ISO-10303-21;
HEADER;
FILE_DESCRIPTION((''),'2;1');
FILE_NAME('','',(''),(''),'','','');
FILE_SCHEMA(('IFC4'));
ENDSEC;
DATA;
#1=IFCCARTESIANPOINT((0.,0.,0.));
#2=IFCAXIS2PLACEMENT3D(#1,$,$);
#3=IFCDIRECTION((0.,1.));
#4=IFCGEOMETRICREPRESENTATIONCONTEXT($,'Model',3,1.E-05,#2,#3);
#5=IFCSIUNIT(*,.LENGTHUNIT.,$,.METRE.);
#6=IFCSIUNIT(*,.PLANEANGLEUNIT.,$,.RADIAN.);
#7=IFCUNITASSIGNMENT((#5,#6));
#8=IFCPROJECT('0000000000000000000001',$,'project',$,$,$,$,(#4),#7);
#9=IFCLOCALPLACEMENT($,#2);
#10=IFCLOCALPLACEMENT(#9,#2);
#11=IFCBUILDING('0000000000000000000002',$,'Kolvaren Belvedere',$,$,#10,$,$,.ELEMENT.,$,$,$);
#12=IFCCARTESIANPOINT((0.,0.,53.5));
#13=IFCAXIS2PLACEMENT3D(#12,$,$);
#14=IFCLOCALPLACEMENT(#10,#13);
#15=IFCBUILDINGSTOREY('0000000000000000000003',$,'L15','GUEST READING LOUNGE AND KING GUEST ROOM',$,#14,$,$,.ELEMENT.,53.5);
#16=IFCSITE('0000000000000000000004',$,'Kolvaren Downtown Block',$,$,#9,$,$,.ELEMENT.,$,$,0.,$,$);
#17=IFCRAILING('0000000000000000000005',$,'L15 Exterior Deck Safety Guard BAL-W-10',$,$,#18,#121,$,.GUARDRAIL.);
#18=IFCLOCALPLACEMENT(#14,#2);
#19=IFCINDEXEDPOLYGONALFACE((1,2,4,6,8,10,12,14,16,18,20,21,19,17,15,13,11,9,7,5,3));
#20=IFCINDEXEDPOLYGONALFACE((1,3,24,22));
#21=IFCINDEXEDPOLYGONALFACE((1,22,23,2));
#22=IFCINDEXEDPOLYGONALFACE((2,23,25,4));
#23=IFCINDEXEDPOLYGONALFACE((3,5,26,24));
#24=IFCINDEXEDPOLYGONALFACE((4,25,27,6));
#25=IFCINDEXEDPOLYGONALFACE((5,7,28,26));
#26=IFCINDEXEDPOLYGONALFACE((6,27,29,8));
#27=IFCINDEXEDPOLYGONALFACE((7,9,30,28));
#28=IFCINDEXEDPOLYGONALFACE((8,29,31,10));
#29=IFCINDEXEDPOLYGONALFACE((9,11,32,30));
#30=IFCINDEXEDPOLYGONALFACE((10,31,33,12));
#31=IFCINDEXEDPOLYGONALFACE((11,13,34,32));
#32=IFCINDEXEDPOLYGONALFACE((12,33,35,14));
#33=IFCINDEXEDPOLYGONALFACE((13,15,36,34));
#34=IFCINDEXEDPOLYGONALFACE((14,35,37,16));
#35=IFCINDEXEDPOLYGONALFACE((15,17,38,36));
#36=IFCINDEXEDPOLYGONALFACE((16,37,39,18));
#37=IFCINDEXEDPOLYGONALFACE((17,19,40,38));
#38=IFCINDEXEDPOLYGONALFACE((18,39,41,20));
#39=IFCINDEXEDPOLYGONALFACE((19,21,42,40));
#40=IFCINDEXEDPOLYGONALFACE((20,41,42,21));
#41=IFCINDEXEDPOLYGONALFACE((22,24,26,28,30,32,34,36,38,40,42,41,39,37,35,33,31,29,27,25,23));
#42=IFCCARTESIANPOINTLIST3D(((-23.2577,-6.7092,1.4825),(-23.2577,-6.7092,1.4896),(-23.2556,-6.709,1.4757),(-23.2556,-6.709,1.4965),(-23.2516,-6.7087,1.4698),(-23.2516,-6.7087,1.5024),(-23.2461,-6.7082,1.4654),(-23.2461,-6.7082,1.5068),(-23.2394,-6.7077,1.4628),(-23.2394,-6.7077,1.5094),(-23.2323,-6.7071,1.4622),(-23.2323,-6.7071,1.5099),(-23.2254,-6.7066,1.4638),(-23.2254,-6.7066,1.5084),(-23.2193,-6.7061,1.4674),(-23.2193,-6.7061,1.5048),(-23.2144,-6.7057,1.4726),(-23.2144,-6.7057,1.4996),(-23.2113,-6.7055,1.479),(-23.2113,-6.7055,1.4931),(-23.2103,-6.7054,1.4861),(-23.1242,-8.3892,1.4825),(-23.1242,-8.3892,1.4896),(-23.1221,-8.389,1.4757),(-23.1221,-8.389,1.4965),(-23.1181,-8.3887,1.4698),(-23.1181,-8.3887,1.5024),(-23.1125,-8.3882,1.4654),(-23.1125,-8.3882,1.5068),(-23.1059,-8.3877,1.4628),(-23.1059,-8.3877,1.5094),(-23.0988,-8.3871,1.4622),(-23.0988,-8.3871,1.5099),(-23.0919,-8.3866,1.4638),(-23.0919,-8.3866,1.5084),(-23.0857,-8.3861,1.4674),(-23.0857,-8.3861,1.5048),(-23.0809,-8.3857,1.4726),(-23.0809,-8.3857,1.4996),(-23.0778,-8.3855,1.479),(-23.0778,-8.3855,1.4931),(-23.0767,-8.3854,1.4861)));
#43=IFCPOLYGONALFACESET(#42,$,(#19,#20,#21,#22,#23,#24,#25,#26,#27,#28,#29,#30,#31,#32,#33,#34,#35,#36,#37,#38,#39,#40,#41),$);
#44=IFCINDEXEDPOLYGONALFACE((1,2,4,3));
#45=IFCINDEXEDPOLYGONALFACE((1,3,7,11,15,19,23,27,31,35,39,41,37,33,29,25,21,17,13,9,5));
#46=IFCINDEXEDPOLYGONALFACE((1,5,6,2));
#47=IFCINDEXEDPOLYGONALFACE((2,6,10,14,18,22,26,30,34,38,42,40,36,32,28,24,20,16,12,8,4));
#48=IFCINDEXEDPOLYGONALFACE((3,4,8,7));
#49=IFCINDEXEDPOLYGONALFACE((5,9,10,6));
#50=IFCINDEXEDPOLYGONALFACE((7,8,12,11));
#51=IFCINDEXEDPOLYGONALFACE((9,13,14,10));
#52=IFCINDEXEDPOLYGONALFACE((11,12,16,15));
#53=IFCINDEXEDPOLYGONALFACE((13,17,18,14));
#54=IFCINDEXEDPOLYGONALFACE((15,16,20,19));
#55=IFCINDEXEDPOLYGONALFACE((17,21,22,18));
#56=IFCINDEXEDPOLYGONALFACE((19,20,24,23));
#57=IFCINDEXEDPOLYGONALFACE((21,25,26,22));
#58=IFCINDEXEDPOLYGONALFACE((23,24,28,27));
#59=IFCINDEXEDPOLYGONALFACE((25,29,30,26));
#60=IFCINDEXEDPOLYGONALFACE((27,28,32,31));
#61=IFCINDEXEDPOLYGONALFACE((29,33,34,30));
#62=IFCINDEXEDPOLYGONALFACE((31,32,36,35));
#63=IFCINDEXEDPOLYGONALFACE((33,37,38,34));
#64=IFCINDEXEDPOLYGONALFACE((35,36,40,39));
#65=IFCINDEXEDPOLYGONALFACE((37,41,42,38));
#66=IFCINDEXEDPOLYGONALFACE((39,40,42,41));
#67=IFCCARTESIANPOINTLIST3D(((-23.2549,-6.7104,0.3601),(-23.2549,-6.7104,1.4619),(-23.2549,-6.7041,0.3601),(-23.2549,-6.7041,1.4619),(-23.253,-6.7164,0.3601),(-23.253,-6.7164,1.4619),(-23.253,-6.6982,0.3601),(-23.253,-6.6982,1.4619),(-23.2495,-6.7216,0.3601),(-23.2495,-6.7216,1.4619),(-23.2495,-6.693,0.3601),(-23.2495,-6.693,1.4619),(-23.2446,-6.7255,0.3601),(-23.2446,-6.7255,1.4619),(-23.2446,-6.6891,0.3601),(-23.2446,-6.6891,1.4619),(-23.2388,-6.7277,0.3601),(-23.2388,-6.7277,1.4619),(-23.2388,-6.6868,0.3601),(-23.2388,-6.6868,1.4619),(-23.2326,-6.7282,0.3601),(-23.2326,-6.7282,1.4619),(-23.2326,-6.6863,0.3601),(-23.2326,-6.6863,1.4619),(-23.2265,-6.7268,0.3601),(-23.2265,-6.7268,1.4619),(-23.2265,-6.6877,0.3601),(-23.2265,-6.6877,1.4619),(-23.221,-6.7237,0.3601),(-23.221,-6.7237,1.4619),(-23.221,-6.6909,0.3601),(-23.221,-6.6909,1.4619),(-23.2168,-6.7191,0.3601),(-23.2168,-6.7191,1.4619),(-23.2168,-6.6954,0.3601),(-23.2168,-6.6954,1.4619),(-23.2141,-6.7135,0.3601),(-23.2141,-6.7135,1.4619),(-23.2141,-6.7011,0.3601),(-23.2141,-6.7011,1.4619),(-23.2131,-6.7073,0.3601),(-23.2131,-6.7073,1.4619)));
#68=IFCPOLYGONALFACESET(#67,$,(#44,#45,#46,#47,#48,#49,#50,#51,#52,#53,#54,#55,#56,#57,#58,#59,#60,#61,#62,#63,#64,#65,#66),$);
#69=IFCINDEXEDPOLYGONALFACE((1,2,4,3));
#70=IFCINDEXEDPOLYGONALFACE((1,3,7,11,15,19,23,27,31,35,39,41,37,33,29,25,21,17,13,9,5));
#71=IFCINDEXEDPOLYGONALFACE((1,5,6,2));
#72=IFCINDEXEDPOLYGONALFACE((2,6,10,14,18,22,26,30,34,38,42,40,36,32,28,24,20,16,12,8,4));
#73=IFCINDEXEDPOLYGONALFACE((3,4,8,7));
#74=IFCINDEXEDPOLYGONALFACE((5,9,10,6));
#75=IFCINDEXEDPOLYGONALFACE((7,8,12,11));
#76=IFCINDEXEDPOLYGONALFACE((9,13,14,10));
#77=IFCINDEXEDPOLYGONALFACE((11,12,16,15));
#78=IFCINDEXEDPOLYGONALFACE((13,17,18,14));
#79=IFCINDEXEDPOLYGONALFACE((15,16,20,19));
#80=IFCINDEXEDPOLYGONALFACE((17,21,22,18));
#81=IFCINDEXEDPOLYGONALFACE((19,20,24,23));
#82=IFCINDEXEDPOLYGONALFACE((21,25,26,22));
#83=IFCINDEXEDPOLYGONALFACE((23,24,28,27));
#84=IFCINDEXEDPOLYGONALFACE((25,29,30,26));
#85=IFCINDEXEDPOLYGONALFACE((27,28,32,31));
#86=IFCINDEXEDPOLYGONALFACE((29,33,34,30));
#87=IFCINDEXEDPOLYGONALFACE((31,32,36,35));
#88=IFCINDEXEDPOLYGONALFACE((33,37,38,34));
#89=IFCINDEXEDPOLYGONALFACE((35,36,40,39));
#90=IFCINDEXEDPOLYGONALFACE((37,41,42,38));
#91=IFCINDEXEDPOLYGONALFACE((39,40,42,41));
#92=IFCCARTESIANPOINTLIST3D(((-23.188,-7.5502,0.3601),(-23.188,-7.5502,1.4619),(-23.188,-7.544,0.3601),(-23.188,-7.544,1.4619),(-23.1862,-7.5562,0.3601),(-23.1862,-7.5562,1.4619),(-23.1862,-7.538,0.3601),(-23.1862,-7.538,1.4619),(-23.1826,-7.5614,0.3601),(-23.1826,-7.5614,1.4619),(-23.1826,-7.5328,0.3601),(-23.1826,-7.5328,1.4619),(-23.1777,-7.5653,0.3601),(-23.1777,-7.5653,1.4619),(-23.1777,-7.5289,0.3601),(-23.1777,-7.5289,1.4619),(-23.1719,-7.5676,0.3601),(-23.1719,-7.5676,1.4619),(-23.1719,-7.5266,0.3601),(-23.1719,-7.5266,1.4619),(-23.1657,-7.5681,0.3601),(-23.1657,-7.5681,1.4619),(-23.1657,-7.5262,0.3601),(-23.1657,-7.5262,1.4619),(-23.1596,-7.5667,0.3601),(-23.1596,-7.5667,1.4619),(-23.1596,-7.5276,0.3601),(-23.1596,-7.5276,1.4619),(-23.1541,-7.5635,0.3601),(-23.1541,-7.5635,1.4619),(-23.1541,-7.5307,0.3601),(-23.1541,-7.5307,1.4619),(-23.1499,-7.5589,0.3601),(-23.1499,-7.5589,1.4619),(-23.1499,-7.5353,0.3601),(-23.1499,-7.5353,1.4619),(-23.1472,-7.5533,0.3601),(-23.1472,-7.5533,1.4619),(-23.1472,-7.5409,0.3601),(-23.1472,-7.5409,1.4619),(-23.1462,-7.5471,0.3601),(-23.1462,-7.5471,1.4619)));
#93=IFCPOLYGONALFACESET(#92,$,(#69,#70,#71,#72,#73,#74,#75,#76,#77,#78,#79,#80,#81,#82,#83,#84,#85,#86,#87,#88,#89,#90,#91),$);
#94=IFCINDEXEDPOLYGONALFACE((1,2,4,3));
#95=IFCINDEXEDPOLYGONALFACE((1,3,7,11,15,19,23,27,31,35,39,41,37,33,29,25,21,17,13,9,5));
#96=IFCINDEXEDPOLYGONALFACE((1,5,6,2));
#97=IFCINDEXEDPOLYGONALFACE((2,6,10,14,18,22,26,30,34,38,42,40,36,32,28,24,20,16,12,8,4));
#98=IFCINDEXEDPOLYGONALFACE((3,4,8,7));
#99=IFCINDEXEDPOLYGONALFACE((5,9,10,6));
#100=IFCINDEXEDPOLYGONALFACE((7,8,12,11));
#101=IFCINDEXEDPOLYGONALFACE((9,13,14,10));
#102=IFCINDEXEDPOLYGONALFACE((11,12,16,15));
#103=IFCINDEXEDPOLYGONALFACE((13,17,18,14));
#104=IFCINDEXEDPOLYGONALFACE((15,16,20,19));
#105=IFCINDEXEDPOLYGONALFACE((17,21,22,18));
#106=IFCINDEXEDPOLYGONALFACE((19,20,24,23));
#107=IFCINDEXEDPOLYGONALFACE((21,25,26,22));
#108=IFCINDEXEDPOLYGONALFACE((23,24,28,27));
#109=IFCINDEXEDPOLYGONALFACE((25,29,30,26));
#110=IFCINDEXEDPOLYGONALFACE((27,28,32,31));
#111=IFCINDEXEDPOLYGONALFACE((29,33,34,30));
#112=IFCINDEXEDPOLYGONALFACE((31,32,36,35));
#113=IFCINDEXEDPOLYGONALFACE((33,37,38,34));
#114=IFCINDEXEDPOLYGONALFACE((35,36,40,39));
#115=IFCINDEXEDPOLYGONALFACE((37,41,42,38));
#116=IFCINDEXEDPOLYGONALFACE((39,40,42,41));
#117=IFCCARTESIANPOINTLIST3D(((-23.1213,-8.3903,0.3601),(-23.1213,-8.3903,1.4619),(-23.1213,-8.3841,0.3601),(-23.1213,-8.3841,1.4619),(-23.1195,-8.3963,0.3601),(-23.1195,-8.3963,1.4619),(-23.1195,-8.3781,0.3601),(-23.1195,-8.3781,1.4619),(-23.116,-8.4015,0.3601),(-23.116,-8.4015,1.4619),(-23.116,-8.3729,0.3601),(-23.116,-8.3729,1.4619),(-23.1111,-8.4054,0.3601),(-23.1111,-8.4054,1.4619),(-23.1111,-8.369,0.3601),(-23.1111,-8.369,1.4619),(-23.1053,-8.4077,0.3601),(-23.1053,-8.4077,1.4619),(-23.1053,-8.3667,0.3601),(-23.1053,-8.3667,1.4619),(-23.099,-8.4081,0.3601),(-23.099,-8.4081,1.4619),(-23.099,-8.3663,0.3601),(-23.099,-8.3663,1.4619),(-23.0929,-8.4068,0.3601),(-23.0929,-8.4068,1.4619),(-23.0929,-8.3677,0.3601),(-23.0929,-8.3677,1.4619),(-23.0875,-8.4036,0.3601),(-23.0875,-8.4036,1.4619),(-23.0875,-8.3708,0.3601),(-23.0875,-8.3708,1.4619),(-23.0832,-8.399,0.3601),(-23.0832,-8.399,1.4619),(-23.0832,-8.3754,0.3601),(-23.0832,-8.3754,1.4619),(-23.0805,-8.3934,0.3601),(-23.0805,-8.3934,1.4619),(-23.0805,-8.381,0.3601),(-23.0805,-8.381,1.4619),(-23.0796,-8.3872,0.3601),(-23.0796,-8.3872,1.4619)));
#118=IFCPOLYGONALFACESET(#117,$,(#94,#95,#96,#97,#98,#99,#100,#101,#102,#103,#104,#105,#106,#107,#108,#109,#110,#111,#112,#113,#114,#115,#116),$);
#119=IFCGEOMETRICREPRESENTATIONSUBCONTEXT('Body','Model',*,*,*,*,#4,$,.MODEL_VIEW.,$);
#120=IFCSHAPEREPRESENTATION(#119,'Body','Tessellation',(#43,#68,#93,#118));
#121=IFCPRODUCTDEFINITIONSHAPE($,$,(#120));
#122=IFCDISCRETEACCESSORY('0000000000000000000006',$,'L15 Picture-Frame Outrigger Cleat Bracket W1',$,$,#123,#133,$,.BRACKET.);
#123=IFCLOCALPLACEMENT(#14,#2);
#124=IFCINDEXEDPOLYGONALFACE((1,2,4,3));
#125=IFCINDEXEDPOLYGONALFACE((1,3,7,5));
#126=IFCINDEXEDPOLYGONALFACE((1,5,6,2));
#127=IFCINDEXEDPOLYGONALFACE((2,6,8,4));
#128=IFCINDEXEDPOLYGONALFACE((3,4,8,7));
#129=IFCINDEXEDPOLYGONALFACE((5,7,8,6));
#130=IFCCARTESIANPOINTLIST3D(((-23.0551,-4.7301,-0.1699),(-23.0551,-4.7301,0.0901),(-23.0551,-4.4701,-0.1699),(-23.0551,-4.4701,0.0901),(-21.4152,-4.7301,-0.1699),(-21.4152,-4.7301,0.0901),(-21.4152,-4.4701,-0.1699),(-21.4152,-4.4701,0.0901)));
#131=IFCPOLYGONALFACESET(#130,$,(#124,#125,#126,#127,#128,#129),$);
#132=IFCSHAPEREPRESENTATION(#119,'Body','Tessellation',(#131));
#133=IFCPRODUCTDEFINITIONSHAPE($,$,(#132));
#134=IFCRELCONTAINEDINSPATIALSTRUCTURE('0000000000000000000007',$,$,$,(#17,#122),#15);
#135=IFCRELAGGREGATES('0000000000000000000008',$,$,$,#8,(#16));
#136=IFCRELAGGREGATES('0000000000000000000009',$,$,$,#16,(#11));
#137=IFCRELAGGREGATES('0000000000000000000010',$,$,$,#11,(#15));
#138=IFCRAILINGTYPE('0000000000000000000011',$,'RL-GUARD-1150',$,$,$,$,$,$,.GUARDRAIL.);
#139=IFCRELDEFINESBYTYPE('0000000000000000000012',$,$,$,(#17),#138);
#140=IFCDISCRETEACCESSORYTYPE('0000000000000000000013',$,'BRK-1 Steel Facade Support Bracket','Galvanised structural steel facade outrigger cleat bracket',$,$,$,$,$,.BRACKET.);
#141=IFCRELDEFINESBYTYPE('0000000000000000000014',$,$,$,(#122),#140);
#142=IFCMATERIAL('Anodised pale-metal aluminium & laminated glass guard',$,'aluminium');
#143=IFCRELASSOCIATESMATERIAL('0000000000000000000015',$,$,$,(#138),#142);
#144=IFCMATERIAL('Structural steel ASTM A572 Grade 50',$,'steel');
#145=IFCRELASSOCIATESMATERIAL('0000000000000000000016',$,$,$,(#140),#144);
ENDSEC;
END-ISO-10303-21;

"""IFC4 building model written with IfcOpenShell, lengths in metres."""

from ifc_helpers import new_model, si_unit, direction, frame, origin, origin_2d, place, context, subcontext, project, spatial, rectangle, circle, extrude, material, type_object, element, save


model = new_model("IFC4")

# Units and contexts
model_context = context("Model", 3, precision=1e-05, world=origin(), true_north=direction((0.0, 1.0)))
body_context = subcontext(model_context, "Body", "Model", "MODEL_VIEW")
ifc_project = project(units=[si_unit("LENGTHUNIT", "METRE"), si_unit("PLANEANGLEUNIT", "RADIAN")], contexts=[model_context])

# Site, building, storey
site_placement = place(None, origin())
site = spatial("IfcSite", under=ifc_project, at=site_placement, Name="Kolvaren Downtown Block", CompositionType="ELEMENT", RefElevation=0.0)
building_placement = place(site_placement, origin())
building = spatial("IfcBuilding", under=site, at=building_placement, Name="Kolvaren Belvedere", CompositionType="ELEMENT")
storey_placement = place(building_placement, frame((0.0, 0.0, 53.5)))
storey = spatial("IfcBuildingStorey", under=building, at=storey_placement, Name="L15", Description="GUEST READING LOUNGE AND KING GUEST ROOM", CompositionType="ELEMENT", Elevation=53.5)

# Railing
ifc_material_1 = material(Name="Anodised pale-metal aluminium & laminated glass guard", Category="aluminium")
railing_type = type_object("IfcRailingType", Name="RL-GUARD-1150", PredefinedType="GUARDRAIL", material=ifc_material_1)
railing_1_placement = place(storey_placement, frame((-23.2341, -6.7073, 0.3601)))
element("IfcRailing", 1, at=railing_1_placement, inside=storey, type_object=railing_type, Name="L15 Exterior Deck Safety Guard BAL-W-10", PredefinedType="GUARDRAIL", context=body_context, shape_type="SweptSolid", body=[
    extrude(circle(Radius=0.0239, at=origin_2d()), frame((0.0, 0.0, 1.126), z_axis=(0.079244, -0.996855, 0.0), x_axis=(0.996855, 0.079244, 0.0)), (0.0, 0.0, 1.0), 1.6853),
    extrude(circle(Radius=0.021, at=origin_2d()), origin(), (0.0, 0.0, 1.0), 1.1018),
    extrude(circle(Radius=0.021, at=origin_2d()), frame((0.0669, -0.8398, 0.0)), (0.0, 0.0, 1.0), 1.1018),
    extrude(circle(Radius=0.021, at=origin_2d()), frame((0.1335, -1.6799, 0.0)), (0.0, 0.0, 1.0), 1.1018),
])

# Discrete accessory
ifc_material_2 = material(Name="Structural steel ASTM A572 Grade 50", Category="steel")
discrete_accessory_type = type_object("IfcDiscreteAccessoryType", Name="BRK-1 Steel Facade Support Bracket", Description="Galvanised structural steel facade outrigger cleat bracket", PredefinedType="BRACKET", material=ifc_material_2)
discrete_accessory_placement = place(storey_placement, frame((-22.2351, -4.6001, -0.1699), z_axis=(0.0, 0.0, 1.0), x_axis=(1.0, 0.0, 0.0)))
element("IfcDiscreteAccessory", 2, at=discrete_accessory_placement, inside=storey, type_object=discrete_accessory_type, Name="L15 Picture-Frame Outrigger Cleat Bracket W1", PredefinedType="BRACKET", context=body_context, shape_type="SweptSolid", body=[
    extrude(rectangle(XDim=1.6399, YDim=0.26, at=origin_2d()), origin(), (0.0, 0.0, 1.0), 0.26),
])

save(model, "model.ifc")
